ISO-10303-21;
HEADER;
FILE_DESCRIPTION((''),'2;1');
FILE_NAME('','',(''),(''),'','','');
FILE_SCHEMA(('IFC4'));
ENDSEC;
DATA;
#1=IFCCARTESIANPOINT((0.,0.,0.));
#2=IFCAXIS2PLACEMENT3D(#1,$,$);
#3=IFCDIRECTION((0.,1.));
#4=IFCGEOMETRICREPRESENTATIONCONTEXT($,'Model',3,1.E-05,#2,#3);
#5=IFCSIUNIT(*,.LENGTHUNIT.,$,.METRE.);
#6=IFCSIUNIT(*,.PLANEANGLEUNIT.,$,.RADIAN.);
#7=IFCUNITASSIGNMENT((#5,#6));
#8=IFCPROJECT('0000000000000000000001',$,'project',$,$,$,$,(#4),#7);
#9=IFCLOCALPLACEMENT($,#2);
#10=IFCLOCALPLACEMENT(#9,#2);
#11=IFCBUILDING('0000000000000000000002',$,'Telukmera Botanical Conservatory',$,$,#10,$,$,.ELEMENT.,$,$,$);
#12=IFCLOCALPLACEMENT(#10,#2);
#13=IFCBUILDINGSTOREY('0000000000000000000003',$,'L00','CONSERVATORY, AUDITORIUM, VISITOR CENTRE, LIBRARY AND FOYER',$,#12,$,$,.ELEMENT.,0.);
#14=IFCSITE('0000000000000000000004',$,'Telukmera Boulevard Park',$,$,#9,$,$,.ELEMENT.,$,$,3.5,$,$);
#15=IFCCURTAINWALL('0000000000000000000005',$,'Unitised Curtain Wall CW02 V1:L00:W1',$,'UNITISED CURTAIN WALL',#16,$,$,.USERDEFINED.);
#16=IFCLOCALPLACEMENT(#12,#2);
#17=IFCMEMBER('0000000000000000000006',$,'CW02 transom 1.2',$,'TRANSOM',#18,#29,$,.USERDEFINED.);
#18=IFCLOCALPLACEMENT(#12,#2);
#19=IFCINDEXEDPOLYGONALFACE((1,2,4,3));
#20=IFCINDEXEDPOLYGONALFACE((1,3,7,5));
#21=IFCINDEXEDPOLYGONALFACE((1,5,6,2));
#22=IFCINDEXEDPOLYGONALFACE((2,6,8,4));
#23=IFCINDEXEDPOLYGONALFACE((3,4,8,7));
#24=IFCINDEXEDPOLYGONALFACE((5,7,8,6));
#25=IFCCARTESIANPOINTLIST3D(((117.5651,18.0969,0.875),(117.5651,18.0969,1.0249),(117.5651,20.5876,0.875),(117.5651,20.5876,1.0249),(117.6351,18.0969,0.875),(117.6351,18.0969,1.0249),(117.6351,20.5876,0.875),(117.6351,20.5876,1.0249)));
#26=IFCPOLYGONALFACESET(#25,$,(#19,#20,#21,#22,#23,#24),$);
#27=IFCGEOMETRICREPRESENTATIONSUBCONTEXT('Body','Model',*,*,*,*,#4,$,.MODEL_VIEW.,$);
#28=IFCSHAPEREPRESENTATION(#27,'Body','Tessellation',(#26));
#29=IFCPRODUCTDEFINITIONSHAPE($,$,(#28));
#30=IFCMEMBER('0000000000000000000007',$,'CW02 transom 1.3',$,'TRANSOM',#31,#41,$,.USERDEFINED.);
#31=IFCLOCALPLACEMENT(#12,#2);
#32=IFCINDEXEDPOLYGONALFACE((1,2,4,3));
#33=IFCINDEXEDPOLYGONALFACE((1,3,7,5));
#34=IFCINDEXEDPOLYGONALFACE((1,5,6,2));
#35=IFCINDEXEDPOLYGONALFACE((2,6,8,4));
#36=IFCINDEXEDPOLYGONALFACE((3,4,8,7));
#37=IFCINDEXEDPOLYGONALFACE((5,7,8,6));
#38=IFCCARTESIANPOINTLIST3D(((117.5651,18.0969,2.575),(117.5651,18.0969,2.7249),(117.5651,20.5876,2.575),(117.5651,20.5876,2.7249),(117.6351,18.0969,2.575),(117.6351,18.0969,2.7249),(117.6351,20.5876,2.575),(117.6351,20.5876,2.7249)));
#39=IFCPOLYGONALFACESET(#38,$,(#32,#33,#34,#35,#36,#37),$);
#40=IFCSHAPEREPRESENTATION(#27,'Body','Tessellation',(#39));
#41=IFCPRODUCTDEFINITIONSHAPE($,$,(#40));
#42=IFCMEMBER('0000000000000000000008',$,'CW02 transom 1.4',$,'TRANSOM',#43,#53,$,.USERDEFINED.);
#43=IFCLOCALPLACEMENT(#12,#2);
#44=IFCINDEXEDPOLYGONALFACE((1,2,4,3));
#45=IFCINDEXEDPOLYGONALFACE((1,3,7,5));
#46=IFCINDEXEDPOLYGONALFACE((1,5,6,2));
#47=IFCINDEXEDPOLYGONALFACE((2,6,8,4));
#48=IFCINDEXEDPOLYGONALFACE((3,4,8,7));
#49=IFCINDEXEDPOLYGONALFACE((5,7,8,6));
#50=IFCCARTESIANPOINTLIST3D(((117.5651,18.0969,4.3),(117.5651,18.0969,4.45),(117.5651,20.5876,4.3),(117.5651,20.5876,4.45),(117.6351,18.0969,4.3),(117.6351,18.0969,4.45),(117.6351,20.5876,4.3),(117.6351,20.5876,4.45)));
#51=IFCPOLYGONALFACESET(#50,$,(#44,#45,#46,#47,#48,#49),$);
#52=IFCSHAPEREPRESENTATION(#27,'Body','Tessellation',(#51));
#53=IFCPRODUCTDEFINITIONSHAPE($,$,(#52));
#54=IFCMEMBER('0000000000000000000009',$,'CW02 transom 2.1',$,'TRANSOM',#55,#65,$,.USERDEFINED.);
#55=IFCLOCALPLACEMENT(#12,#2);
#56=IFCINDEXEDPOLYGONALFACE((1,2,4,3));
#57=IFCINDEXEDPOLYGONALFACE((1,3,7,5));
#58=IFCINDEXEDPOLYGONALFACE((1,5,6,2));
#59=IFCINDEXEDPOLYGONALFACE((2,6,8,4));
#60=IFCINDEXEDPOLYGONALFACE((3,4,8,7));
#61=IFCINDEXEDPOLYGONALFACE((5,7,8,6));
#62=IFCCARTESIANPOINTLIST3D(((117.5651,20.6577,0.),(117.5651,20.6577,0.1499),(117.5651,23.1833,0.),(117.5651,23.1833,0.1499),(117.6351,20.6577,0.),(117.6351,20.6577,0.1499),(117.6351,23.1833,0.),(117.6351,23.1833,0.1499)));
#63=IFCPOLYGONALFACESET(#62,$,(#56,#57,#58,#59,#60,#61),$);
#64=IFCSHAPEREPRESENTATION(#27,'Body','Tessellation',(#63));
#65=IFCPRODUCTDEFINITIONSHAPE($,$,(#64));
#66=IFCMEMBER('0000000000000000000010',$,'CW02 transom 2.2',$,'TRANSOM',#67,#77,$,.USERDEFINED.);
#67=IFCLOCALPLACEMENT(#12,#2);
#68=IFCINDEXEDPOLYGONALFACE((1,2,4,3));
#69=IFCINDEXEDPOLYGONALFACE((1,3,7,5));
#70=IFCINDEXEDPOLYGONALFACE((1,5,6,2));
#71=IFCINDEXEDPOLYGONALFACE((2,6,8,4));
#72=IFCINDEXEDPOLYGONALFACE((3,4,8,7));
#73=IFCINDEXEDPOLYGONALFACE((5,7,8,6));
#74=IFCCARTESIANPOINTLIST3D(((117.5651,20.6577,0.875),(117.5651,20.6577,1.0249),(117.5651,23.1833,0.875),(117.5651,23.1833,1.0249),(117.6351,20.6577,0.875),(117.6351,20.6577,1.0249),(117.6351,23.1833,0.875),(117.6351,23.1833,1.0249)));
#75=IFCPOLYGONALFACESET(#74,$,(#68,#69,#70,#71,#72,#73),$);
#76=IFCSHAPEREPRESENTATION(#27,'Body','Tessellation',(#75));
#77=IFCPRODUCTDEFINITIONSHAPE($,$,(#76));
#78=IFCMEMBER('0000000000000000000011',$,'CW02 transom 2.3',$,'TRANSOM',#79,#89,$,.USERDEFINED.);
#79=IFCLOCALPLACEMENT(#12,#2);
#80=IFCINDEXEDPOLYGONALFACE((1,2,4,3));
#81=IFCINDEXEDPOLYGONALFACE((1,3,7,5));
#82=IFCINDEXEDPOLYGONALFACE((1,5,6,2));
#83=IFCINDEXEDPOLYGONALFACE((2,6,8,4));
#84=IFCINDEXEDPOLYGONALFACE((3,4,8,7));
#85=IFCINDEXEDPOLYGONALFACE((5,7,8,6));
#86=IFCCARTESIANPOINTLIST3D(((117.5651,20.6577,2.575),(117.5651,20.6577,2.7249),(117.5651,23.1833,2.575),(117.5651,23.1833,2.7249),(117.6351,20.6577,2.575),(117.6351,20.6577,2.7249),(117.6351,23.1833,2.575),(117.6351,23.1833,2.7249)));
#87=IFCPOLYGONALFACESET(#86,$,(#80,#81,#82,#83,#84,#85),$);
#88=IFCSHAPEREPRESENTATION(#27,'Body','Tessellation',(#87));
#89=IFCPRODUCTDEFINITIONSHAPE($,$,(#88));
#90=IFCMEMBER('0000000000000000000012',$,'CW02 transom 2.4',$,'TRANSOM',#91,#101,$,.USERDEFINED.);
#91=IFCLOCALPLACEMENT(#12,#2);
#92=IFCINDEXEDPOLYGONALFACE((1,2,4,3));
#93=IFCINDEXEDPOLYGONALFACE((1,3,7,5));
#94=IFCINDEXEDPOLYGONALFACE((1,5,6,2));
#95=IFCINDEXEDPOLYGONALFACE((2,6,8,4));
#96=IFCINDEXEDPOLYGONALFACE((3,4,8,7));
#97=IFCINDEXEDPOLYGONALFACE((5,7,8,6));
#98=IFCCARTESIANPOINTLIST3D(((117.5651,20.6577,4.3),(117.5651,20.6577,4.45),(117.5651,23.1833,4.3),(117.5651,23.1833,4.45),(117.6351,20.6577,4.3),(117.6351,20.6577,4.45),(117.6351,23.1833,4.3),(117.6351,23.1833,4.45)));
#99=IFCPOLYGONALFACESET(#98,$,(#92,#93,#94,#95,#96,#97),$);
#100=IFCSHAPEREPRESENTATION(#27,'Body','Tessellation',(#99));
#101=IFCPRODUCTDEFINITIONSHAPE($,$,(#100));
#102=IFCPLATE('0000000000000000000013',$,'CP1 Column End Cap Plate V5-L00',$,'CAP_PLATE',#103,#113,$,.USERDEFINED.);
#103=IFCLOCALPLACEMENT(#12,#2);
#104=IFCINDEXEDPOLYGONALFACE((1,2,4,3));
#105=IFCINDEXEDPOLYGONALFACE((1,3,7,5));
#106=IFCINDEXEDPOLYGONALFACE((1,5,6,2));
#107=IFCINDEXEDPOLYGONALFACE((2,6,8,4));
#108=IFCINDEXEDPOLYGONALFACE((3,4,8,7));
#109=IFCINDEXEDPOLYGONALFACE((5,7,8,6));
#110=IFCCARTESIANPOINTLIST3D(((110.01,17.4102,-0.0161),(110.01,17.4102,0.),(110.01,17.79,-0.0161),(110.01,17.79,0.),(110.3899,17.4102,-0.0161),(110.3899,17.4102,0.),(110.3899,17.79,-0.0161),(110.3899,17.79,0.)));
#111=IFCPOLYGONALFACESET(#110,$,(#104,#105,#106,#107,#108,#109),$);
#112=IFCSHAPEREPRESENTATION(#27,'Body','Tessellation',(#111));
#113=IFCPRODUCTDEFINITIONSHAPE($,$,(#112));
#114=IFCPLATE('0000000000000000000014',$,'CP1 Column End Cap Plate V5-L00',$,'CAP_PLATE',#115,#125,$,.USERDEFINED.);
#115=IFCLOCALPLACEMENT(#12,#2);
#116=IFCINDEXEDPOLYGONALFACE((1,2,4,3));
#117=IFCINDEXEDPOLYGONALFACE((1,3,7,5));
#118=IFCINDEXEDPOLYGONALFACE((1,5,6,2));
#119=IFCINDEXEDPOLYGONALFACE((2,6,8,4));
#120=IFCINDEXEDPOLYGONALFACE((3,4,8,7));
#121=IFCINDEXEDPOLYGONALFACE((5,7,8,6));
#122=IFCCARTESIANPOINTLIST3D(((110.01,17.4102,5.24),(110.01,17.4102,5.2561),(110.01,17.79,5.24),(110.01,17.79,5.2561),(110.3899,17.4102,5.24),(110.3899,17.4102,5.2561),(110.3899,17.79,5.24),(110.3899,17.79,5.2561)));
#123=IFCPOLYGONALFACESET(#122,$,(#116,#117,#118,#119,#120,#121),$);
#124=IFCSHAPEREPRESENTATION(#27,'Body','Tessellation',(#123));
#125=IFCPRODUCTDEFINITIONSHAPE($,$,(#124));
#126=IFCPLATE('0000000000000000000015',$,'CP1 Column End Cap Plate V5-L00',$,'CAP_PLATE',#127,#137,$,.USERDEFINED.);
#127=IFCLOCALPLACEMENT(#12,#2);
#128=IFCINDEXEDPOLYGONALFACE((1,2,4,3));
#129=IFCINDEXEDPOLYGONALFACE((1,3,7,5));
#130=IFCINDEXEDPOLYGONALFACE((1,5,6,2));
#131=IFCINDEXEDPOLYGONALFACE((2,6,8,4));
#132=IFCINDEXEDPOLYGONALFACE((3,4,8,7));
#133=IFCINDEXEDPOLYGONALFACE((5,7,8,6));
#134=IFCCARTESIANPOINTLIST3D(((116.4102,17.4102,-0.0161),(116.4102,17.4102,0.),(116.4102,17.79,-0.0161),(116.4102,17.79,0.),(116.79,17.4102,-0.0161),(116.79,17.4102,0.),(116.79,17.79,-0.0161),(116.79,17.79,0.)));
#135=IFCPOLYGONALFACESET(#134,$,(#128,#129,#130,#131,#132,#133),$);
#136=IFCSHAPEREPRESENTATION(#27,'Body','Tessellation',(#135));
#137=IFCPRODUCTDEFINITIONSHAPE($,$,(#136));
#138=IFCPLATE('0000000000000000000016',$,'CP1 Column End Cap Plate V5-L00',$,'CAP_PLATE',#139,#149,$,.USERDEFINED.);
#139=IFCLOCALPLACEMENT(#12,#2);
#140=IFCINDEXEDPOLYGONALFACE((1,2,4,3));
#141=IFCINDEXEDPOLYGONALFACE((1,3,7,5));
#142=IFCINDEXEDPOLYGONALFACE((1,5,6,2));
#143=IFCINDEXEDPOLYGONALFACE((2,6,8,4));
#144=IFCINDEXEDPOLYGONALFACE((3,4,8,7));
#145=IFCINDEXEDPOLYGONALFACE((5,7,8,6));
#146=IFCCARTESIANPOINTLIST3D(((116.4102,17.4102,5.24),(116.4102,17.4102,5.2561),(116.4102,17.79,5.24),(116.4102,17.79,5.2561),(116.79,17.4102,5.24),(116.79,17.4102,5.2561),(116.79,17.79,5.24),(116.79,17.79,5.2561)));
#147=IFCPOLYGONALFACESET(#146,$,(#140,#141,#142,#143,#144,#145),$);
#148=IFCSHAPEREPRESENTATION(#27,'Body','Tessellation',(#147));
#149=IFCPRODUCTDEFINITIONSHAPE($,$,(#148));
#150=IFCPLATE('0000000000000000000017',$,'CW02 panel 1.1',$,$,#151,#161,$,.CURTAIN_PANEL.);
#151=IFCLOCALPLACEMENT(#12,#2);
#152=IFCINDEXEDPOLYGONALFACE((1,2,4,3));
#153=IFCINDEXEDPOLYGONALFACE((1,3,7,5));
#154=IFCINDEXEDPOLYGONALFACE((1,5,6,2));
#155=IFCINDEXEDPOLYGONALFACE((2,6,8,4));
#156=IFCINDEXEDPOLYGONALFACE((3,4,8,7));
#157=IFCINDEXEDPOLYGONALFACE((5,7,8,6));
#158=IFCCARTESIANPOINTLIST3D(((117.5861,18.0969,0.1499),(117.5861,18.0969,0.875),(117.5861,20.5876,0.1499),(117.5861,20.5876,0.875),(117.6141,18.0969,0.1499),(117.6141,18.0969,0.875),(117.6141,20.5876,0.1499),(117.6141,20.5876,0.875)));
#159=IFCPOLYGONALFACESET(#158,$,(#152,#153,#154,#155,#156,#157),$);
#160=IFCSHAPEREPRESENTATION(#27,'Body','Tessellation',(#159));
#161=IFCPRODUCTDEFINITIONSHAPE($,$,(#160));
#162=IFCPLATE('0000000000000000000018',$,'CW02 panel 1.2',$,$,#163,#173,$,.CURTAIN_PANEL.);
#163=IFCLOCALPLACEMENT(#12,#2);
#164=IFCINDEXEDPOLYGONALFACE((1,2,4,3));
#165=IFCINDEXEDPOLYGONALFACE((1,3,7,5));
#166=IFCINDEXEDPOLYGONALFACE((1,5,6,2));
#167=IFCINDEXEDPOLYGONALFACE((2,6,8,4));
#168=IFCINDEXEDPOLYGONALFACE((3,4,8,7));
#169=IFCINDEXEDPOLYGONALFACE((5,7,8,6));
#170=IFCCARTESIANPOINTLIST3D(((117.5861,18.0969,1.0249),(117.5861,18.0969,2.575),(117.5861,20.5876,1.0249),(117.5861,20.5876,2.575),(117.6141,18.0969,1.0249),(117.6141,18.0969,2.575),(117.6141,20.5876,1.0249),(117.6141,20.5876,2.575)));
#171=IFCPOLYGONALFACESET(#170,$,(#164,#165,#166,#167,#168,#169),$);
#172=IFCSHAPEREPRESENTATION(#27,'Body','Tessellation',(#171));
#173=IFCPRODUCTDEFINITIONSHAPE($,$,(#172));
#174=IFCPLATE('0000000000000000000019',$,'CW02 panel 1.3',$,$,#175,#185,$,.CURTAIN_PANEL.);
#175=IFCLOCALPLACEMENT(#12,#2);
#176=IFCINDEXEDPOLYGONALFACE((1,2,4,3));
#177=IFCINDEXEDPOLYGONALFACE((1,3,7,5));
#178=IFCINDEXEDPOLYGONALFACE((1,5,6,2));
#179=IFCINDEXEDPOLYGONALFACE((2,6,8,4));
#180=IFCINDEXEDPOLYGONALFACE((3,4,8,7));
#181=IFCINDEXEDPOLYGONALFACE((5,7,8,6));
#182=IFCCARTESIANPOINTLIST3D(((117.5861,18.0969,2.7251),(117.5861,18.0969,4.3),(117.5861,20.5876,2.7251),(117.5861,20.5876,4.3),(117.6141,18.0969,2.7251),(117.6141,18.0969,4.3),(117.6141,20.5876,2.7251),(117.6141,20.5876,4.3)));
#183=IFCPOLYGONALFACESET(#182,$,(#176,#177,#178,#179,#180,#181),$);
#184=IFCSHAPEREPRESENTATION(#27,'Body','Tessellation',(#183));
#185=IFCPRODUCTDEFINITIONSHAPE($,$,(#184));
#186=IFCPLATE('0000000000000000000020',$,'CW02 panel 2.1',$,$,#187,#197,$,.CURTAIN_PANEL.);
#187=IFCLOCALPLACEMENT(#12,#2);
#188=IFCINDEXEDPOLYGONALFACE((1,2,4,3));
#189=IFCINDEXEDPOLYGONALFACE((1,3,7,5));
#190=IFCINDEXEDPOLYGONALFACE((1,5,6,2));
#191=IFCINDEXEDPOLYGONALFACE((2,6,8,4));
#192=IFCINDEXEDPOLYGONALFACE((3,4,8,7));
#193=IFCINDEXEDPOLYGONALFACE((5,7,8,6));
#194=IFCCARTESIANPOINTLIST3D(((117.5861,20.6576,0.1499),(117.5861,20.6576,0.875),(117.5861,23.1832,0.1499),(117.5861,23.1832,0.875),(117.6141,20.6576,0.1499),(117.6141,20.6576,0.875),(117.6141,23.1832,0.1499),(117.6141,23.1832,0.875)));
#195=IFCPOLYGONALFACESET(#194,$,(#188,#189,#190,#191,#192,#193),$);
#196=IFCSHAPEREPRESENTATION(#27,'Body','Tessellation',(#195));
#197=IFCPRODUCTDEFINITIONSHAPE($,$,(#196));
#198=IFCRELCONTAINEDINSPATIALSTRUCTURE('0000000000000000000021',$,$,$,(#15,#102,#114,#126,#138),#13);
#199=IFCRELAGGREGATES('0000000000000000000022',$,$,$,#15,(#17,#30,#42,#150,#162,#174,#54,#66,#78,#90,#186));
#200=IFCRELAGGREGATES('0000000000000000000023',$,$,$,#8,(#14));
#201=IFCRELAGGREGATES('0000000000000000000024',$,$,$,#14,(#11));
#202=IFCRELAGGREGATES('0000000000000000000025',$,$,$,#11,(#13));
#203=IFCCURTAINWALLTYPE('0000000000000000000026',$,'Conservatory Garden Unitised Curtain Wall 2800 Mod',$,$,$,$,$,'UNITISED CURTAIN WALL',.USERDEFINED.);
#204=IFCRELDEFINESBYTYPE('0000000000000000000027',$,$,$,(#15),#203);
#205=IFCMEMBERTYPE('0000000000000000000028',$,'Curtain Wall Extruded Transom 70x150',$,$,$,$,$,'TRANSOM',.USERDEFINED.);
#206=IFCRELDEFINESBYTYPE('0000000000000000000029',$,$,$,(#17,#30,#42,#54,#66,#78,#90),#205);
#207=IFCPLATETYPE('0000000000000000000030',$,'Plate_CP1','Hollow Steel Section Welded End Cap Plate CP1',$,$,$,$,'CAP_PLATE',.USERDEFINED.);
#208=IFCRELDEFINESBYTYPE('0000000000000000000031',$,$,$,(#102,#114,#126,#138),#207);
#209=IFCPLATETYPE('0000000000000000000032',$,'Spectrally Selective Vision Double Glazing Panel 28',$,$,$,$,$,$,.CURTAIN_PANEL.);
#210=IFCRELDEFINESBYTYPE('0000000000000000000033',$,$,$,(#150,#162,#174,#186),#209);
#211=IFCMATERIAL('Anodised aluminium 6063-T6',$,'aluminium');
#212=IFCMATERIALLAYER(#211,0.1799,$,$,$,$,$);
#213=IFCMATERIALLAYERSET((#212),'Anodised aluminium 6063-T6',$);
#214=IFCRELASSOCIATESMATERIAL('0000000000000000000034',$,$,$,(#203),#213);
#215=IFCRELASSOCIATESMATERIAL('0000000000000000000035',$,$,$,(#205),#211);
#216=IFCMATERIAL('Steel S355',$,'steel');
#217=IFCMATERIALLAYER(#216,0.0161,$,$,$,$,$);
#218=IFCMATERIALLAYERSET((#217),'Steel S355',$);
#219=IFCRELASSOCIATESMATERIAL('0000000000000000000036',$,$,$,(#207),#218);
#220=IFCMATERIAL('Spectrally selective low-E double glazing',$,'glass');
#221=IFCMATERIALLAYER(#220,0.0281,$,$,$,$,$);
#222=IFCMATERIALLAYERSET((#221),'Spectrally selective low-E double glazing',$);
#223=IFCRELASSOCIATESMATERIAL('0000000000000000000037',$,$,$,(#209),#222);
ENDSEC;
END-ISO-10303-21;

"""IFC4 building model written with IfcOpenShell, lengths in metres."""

from ifc_helpers import new_model, si_unit, direction, frame, origin, origin_2d, place, context, subcontext, project, spatial, rectangle, extrude, material, layer, layer_set, material_profile, profile_set, type_object, element, aggregate, save


model = new_model("IFC4")

# Units and contexts
model_context = context("Model", 3, precision=1e-05, world=origin(), true_north=direction((0.0, 1.0)))
body_context = subcontext(model_context, "Body", "Model", "MODEL_VIEW")
ifc_project = project(units=[si_unit("LENGTHUNIT", "METRE"), si_unit("PLANEANGLEUNIT", "RADIAN")], contexts=[model_context])

# Site, building, storey
site_placement = place(None, origin())
site = spatial("IfcSite", under=ifc_project, at=site_placement, Name="Telukmera Boulevard Park", CompositionType="ELEMENT", RefElevation=3.5)
building_placement = place(site_placement, origin())
building = spatial("IfcBuilding", under=site, at=building_placement, Name="Telukmera Botanical Conservatory", CompositionType="ELEMENT")
storey_placement = place(building_placement, origin())
storey = spatial("IfcBuildingStorey", under=building, at=storey_placement, Name="L00", Description="CONSERVATORY, AUDITORIUM, VISITOR CENTRE, LIBRARY AND FOYER", CompositionType="ELEMENT", Elevation=0.0)

# Shared definitions
ifc_material_1 = material(Name="Steel S355", Category="steel")

# Curtain wall, members
ifc_material_2 = material(Name="Anodised aluminium 6063-T6", Category="aluminium")
ifc_layer_1 = layer(ifc_material_2, 0.1799)
ifc_layer_set_1 = layer_set([ifc_layer_1], Name="Anodised aluminium 6063-T6")
curtain_wall_type = type_object("IfcCurtainWallType", Name="Conservatory Garden Unitised Curtain Wall 2800 Mod", ElementType="UNITISED CURTAIN WALL", PredefinedType="USERDEFINED", material=ifc_layer_set_1)
curtain_wall_placement = place(storey_placement, origin())
curtain_wall = element("IfcCurtainWall", 1, at=curtain_wall_placement, inside=storey, type_object=curtain_wall_type, Name="Unitised Curtain Wall CW02 V1:L00:W1", ObjectType="UNITISED CURTAIN WALL", PredefinedType="USERDEFINED")
ifc_material_profile_1 = material_profile(ifc_material_2, rectangle(XDim=0.0701, YDim=0.1499, at=origin_2d()), Name="ALU TRAN 70x150")
ifc_profile_set_1 = profile_set([ifc_material_profile_1], Name="Anodised aluminium 6063-T6")
member_type_1 = type_object("IfcMemberType", Name="Curtain Wall Extruded Transom 70x150", ElementType="TRANSOM", PredefinedType="USERDEFINED", material=ifc_profile_set_1)
member_1_placement = place(storey_placement, frame((117.6001, 18.0969, 0.95), z_axis=(0.0, 1.0, 0.0), x_axis=(-1.0, 0.0, 0.0)))
member_1 = element("IfcMember", 2, at=member_1_placement, type_object=member_type_1, Name="CW02 transom 1.2", ObjectType="TRANSOM", PredefinedType="USERDEFINED", context=body_context, shape_type="SweptSolid", body=[
    extrude(rectangle(XDim=0.0701, YDim=0.1499, at=origin_2d()), origin(), (0.0, 0.0, 1.0), 2.4907),
])
member_2_placement = place(storey_placement, frame((117.6001, 18.0969, 2.6499), z_axis=(0.0, 1.0, 0.0), x_axis=(-1.0, 0.0, 0.0)))
member_2 = element("IfcMember", 3, at=member_2_placement, type_object=member_type_1, Name="CW02 transom 1.3", ObjectType="TRANSOM", PredefinedType="USERDEFINED", context=body_context, shape_type="SweptSolid", body=[
    extrude(rectangle(XDim=0.0701, YDim=0.1499, at=origin_2d()), origin(), (0.0, 0.0, 1.0), 2.4907),
])
member_3_placement = place(storey_placement, frame((117.6001, 18.0969, 4.375), z_axis=(0.0, 1.0, 0.0), x_axis=(-1.0, 0.0, 0.0)))
member_3 = element("IfcMember", 4, at=member_3_placement, type_object=member_type_1, Name="CW02 transom 1.4", ObjectType="TRANSOM", PredefinedType="USERDEFINED", context=body_context, shape_type="SweptSolid", body=[
    extrude(rectangle(XDim=0.0701, YDim=0.1499, at=origin_2d()), origin(), (0.0, 0.0, 1.0), 2.4907),
])
member_4_placement = place(storey_placement, frame((117.6001, 20.6577, 0.075), z_axis=(0.0, 1.0, 0.0), x_axis=(-1.0, 0.0, 0.0)))
member_4 = element("IfcMember", 5, at=member_4_placement, type_object=member_type_1, Name="CW02 transom 2.1", ObjectType="TRANSOM", PredefinedType="USERDEFINED", context=body_context, shape_type="SweptSolid", body=[
    extrude(rectangle(XDim=0.0701, YDim=0.1499, at=origin_2d()), origin(), (0.0, 0.0, 1.0), 2.5256),
])
member_5_placement = place(storey_placement, frame((117.6001, 20.6577, 0.95), z_axis=(0.0, 1.0, 0.0), x_axis=(-1.0, 0.0, 0.0)))
member_5 = element("IfcMember", 6, at=member_5_placement, type_object=member_type_1, Name="CW02 transom 2.2", ObjectType="TRANSOM", PredefinedType="USERDEFINED", context=body_context, shape_type="SweptSolid", body=[
    extrude(rectangle(XDim=0.0701, YDim=0.1499, at=origin_2d()), origin(), (0.0, 0.0, 1.0), 2.5256),
])
member_6_placement = place(storey_placement, frame((117.6001, 20.6577, 2.6499), z_axis=(0.0, 1.0, 0.0), x_axis=(-1.0, 0.0, 0.0)))
member_6 = element("IfcMember", 7, at=member_6_placement, type_object=member_type_1, Name="CW02 transom 2.3", ObjectType="TRANSOM", PredefinedType="USERDEFINED", context=body_context, shape_type="SweptSolid", body=[
    extrude(rectangle(XDim=0.0701, YDim=0.1499, at=origin_2d()), origin(), (0.0, 0.0, 1.0), 2.5256),
])
member_7_placement = place(storey_placement, frame((117.6001, 20.6577, 4.375), z_axis=(0.0, 1.0, 0.0), x_axis=(-1.0, 0.0, 0.0)))
member_7 = element("IfcMember", 8, at=member_7_placement, type_object=member_type_1, Name="CW02 transom 2.4", ObjectType="TRANSOM", PredefinedType="USERDEFINED", context=body_context, shape_type="SweptSolid", body=[
    extrude(rectangle(XDim=0.0701, YDim=0.1499, at=origin_2d()), origin(), (0.0, 0.0, 1.0), 2.5256),
])

# Plates
ifc_layer_2 = layer(ifc_material_1, 0.0161)
ifc_layer_set_2 = layer_set([ifc_layer_2], Name="Steel S355")
plate_type_1 = type_object("IfcPlateType", Name="Plate_CP1", Description="Hollow Steel Section Welded End Cap Plate CP1", ElementType="CAP_PLATE", PredefinedType="USERDEFINED", material=ifc_layer_set_2)
for number, where, z_axis, x_axis, name in (
    (9, (110.2, 17.6001, -0.0161), (0.0, 0.0, 1.0), (1.0, 0.0, 0.0), "CP1 Column End Cap Plate V5-L00"),
    (10, (110.2, 17.6001, 5.24), (0.0, 0.0, 1.0), (1.0, 0.0, 0.0), "CP1 Column End Cap Plate V5-L00"),
    (11, (116.6001, 17.6001, -0.0161), (0.0, 0.0, 1.0), (1.0, 0.0, 0.0), "CP1 Column End Cap Plate V5-L00"),
    (12, (116.6001, 17.6001, 5.24), (0.0, 0.0, 1.0), (1.0, 0.0, 0.0), "CP1 Column End Cap Plate V5-L00"),
):
    element("IfcPlate", number, at=place(storey_placement, frame(where, z_axis=z_axis, x_axis=x_axis)), inside=storey, type_object=plate_type_1, Name=name, ObjectType="CAP_PLATE", PredefinedType="USERDEFINED", context=body_context, shape_type="SweptSolid", body=[
        extrude(rectangle(XDim=0.3799, YDim=0.3799, at=origin_2d()), origin(), (0.0, 0.0, 1.0), 0.0161),
    ])

# Plates
ifc_material_3 = material(Name="Spectrally selective low-E double glazing", Category="glass")
ifc_layer_3 = layer(ifc_material_3, 0.0281)
ifc_layer_set_3 = layer_set([ifc_layer_3], Name="Spectrally selective low-E double glazing")
plate_type_2 = type_object("IfcPlateType", Name="Spectrally Selective Vision Double Glazing Panel 28", PredefinedType="CURTAIN_PANEL", material=ifc_layer_set_3)
plate_1_placement = place(storey_placement, frame((117.6001, 19.3423, 0.1499), z_axis=(0.0, 0.0, 1.0), x_axis=(0.0, 1.0, 0.0)))
plate_1 = element("IfcPlate", 13, at=plate_1_placement, type_object=plate_type_2, Name="CW02 panel 1.1", PredefinedType="CURTAIN_PANEL", context=body_context, shape_type="SweptSolid", body=[
    extrude(rectangle(XDim=2.4907, YDim=0.0281, at=origin_2d()), origin(), (0.0, 0.0, 1.0), 0.7251),
])
plate_2_placement = place(storey_placement, frame((117.6001, 19.3423, 1.0249), z_axis=(0.0, 0.0, 1.0), x_axis=(0.0, 1.0, 0.0)))
plate_2 = element("IfcPlate", 14, at=plate_2_placement, type_object=plate_type_2, Name="CW02 panel 1.2", PredefinedType="CURTAIN_PANEL", context=body_context, shape_type="SweptSolid", body=[
    extrude(rectangle(XDim=2.4907, YDim=0.0281, at=origin_2d()), origin(), (0.0, 0.0, 1.0), 1.55),
])
plate_3_placement = place(storey_placement, frame((117.6001, 19.3423, 2.7251), z_axis=(0.0, 0.0, 1.0), x_axis=(0.0, 1.0, 0.0)))
plate_3 = element("IfcPlate", 15, at=plate_3_placement, type_object=plate_type_2, Name="CW02 panel 1.3", PredefinedType="CURTAIN_PANEL", context=body_context, shape_type="SweptSolid", body=[
    extrude(rectangle(XDim=2.4907, YDim=0.0281, at=origin_2d()), origin(), (0.0, 0.0, 1.0), 1.575),
])
plate_4_placement = place(storey_placement, frame((117.6001, 21.9204, 0.1499), z_axis=(0.0, 0.0, 1.0), x_axis=(0.0, 1.0, 0.0)))
plate_4 = element("IfcPlate", 16, at=plate_4_placement, type_object=plate_type_2, Name="CW02 panel 2.1", PredefinedType="CURTAIN_PANEL", context=body_context, shape_type="SweptSolid", body=[
    extrude(rectangle(XDim=2.5256, YDim=0.0281, at=origin_2d()), origin(), (0.0, 0.0, 1.0), 0.7251),
])
aggregate(curtain_wall, [member_1, member_2, member_3, plate_1, plate_2, plate_3, member_4, member_5, member_6, member_7, plate_4])

save(model, "model.ifc")
